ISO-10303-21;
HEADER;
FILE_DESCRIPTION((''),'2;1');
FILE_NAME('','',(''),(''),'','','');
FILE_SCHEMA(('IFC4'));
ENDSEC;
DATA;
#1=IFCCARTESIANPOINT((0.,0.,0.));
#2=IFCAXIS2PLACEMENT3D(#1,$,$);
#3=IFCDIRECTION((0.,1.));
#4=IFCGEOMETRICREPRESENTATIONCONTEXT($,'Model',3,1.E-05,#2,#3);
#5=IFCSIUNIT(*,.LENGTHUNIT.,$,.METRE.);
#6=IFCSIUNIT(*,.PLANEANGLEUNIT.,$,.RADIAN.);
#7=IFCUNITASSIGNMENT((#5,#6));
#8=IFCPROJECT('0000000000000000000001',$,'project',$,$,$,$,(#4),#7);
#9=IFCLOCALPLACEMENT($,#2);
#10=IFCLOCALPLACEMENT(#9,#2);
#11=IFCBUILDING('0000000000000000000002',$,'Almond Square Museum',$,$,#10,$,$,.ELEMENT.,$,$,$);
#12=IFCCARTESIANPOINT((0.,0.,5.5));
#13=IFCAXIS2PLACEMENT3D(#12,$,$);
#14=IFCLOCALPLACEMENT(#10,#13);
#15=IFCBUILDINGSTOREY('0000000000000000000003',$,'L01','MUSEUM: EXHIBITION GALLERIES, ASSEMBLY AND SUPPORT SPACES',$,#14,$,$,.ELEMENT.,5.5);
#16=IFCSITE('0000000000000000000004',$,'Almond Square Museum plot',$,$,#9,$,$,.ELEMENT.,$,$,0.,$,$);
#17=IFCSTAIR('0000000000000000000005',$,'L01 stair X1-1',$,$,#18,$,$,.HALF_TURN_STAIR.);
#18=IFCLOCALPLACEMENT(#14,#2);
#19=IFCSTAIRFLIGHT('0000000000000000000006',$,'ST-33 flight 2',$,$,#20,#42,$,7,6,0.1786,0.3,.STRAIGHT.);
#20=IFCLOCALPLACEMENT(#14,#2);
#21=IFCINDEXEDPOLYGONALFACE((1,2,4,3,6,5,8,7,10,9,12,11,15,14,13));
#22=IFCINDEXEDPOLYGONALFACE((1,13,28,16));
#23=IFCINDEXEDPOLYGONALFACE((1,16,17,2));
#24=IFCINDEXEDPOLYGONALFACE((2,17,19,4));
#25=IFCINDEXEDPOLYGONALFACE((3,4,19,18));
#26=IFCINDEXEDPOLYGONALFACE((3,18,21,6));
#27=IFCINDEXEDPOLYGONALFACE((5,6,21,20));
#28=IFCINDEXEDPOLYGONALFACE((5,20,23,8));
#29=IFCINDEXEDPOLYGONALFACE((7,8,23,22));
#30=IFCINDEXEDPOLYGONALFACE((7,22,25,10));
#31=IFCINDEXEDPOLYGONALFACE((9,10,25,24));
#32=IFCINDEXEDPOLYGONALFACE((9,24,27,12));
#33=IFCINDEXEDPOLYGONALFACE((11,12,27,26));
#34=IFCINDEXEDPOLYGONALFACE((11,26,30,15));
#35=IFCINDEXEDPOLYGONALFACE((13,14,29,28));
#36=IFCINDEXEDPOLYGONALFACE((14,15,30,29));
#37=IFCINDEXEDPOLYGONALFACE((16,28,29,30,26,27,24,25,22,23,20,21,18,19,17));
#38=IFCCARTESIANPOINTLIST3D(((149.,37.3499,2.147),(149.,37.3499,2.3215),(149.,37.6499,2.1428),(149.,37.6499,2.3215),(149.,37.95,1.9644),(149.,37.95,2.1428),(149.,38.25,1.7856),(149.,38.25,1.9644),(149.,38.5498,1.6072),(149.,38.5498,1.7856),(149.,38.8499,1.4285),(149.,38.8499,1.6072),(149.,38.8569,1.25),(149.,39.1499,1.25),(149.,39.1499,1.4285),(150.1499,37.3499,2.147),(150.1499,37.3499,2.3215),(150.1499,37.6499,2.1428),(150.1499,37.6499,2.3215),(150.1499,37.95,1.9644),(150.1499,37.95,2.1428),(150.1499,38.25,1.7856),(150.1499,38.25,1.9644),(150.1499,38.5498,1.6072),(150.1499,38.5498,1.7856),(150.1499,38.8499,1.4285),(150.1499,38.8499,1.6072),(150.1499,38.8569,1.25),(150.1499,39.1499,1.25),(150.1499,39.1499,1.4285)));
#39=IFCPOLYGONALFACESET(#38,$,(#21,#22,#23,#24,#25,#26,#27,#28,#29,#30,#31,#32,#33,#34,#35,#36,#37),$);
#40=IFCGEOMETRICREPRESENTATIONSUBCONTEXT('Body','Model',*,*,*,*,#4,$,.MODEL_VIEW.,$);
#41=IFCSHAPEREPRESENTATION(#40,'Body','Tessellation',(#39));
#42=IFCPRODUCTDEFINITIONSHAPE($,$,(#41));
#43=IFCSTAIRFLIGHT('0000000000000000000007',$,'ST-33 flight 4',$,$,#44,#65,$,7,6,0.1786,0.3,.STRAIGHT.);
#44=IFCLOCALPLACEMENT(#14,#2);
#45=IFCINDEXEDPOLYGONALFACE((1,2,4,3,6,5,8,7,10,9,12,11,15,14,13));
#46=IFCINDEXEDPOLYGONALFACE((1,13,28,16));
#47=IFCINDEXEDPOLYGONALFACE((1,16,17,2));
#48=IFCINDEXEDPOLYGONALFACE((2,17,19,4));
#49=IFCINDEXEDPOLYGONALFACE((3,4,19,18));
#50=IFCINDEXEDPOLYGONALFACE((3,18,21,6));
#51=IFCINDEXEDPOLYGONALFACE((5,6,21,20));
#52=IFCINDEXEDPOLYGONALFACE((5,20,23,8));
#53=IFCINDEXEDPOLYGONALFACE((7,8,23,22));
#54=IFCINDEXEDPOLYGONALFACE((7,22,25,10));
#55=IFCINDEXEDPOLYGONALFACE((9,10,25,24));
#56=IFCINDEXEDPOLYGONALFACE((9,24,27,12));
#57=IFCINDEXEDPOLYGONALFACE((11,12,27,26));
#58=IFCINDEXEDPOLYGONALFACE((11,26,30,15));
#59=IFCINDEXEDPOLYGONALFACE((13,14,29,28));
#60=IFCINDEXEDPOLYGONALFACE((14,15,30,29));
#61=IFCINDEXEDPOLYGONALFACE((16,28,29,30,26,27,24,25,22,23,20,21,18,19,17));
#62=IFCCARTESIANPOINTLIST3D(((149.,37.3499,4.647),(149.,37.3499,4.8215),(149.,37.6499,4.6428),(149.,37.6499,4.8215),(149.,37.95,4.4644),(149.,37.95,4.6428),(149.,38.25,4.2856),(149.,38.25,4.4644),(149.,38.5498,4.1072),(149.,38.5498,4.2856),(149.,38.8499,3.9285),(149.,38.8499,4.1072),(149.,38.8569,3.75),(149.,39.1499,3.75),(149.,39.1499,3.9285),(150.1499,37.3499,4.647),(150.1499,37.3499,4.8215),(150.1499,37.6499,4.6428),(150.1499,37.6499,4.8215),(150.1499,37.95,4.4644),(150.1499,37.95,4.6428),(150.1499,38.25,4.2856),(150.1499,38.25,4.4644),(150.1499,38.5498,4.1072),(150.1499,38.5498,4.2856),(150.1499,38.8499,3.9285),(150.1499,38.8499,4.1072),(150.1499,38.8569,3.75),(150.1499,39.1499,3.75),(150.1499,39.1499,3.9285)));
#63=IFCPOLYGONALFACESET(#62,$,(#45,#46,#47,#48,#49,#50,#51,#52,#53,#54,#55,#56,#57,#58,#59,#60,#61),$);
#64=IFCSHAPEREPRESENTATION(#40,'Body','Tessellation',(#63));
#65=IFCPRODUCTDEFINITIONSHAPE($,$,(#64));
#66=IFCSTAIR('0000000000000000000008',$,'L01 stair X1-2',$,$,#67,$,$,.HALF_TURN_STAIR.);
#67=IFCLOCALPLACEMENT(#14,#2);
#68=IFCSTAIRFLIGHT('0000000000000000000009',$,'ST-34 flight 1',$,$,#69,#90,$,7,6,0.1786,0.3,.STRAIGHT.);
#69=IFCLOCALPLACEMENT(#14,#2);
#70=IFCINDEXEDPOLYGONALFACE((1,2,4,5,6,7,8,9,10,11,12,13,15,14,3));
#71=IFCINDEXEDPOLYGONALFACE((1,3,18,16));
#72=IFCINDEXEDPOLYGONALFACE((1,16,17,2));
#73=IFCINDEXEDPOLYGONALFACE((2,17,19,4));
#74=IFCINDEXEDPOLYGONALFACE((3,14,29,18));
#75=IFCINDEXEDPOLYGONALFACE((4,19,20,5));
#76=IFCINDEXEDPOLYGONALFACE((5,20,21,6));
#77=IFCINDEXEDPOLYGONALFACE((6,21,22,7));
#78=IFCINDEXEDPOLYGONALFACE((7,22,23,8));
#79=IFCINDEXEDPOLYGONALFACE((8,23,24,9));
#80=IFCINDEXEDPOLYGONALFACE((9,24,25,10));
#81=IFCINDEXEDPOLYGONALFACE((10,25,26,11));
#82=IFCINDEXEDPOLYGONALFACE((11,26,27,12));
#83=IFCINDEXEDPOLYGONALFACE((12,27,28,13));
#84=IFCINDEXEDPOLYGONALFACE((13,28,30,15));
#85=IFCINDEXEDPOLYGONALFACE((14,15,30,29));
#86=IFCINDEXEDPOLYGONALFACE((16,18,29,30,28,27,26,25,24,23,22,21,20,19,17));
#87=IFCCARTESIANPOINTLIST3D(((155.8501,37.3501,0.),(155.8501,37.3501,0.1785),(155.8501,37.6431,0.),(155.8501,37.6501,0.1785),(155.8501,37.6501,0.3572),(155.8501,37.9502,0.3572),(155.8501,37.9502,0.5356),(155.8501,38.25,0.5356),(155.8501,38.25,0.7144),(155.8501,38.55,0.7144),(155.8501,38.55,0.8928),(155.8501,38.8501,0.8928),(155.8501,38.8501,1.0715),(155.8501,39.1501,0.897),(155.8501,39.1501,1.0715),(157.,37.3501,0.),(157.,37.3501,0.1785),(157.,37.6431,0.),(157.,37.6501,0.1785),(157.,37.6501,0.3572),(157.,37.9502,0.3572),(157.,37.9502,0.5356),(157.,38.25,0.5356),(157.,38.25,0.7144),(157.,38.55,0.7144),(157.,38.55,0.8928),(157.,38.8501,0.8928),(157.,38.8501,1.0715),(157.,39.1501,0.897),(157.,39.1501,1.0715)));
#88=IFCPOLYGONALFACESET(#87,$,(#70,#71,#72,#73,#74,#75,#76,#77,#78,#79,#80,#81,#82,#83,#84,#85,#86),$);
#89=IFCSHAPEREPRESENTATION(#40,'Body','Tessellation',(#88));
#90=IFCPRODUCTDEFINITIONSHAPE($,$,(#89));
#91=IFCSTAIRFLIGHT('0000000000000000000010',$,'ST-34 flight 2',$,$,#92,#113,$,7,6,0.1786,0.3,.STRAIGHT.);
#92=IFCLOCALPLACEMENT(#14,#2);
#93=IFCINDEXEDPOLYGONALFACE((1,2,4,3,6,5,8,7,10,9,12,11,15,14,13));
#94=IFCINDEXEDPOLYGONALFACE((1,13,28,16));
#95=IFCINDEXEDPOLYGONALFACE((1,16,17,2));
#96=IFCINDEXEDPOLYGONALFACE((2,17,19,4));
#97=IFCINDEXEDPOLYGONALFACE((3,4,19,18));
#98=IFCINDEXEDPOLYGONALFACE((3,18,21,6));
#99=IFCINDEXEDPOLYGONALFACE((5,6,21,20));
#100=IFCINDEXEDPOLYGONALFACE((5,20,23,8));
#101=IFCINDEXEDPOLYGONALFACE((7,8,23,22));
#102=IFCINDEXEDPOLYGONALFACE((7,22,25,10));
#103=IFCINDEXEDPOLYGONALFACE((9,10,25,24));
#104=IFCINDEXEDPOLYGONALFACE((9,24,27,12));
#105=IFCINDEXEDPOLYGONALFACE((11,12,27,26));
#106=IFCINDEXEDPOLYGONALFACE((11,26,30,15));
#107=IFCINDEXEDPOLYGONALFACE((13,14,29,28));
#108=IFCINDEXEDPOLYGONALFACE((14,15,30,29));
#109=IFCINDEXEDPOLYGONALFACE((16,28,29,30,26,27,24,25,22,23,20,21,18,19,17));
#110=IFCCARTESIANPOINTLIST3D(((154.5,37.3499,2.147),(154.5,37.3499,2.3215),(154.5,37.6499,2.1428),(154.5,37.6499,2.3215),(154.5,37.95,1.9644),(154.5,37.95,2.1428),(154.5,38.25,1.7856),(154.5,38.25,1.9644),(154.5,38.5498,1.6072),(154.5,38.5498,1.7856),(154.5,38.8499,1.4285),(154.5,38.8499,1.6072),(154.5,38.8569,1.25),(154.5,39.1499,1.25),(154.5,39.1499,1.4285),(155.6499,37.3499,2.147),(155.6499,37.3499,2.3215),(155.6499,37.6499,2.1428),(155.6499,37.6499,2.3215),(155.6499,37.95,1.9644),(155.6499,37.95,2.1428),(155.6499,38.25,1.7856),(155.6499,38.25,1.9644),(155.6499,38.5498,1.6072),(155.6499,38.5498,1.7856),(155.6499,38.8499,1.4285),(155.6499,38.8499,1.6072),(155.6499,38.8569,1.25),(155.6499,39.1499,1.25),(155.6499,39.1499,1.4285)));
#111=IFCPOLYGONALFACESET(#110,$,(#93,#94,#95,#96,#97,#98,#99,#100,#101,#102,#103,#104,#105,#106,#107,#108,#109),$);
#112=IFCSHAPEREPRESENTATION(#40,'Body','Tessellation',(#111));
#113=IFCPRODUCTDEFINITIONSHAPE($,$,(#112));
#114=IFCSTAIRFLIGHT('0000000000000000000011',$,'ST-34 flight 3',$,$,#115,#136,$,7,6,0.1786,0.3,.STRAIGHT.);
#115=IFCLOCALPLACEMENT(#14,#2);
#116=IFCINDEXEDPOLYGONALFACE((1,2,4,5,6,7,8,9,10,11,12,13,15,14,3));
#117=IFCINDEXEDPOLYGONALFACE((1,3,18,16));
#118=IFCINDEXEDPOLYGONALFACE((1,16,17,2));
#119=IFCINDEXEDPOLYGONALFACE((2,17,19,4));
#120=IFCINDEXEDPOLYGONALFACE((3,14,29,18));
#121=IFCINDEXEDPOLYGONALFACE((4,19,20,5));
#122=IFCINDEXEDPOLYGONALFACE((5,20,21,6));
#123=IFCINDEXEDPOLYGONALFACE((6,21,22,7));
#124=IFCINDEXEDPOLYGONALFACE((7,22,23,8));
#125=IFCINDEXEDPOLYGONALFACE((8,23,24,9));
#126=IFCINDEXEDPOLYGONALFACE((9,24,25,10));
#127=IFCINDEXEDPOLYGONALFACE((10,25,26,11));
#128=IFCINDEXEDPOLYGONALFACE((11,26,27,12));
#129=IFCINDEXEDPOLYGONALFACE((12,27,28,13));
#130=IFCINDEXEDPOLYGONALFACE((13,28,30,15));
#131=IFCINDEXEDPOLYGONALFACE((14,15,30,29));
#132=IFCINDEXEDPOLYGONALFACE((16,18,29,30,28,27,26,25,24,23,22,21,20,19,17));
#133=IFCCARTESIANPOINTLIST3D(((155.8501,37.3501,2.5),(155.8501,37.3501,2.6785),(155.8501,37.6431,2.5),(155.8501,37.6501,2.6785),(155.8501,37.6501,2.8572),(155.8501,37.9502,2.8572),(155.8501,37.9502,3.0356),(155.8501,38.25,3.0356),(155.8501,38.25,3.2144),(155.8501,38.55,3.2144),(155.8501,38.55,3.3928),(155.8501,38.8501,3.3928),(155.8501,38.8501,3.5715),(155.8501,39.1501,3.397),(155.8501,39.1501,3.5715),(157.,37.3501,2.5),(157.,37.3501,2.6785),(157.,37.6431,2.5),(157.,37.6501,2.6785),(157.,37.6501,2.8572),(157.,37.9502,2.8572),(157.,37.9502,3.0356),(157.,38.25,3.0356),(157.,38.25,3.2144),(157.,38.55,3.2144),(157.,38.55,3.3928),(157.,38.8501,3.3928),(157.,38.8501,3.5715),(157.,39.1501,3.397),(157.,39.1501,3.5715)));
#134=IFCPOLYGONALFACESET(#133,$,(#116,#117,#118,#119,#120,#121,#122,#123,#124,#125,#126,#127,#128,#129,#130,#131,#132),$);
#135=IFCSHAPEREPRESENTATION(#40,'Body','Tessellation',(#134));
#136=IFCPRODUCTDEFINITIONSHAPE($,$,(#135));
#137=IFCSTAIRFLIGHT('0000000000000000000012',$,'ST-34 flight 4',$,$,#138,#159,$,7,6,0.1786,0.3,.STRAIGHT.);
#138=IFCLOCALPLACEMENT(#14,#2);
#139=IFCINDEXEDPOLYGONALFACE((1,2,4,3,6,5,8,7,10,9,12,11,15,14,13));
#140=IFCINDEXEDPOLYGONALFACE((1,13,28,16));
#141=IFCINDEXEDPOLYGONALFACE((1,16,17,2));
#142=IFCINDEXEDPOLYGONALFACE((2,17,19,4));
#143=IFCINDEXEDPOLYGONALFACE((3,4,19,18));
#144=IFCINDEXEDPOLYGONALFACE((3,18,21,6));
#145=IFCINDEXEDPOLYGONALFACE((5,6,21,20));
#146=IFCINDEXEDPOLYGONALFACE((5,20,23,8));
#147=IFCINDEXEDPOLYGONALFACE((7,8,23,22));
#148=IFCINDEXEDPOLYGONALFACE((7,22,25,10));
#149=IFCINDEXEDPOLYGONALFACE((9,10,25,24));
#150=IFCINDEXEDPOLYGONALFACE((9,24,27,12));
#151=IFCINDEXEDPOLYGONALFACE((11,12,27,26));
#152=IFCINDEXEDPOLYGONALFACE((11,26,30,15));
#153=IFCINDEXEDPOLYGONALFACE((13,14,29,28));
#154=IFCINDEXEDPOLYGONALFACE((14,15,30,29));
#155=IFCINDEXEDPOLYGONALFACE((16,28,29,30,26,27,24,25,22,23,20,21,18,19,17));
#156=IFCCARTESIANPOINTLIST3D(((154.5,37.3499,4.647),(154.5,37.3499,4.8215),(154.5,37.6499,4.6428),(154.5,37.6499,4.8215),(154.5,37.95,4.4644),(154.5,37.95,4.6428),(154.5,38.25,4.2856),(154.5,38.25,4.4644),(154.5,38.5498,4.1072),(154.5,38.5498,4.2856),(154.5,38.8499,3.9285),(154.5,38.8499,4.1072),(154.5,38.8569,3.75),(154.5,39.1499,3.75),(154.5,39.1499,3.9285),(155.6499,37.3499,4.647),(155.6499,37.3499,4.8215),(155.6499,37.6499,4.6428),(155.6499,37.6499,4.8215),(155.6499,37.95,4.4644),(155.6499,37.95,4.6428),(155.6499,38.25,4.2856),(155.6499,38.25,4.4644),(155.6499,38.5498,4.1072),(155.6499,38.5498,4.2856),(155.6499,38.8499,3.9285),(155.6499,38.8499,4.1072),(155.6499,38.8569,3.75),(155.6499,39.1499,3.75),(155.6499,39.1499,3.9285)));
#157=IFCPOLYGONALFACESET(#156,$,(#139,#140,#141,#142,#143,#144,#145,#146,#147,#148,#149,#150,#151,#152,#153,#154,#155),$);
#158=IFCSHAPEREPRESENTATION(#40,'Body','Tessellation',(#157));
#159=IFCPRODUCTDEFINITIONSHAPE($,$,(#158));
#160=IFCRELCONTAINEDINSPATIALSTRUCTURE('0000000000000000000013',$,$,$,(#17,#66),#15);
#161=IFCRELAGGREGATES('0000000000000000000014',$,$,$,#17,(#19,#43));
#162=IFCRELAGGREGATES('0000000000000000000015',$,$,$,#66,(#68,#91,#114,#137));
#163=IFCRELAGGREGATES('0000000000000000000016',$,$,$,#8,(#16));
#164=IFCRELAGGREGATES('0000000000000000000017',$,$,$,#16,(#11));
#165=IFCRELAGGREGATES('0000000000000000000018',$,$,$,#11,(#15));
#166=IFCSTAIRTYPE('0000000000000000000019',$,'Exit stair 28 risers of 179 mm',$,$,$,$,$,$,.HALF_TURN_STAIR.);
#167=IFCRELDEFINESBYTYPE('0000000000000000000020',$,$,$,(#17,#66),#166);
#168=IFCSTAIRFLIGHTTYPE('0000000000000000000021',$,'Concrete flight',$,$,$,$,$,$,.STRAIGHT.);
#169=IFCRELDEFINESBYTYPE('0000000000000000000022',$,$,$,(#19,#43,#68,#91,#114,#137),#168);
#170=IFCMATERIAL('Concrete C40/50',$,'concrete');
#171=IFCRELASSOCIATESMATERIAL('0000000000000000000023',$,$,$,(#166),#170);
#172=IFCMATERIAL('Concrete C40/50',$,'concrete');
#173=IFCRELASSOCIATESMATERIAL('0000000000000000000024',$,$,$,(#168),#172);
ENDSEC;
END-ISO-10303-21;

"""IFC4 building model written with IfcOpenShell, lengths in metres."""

from ifc_helpers import new_model, si_unit, direction, frame, origin, place, context, subcontext, project, spatial, polyline, outline, extrude, material, type_object, element, aggregate, save


model = new_model("IFC4")

# Units and contexts
model_context = context("Model", 3, precision=1e-05, world=origin(), true_north=direction((0.0, 1.0)))
body_context = subcontext(model_context, "Body", "Model", "MODEL_VIEW")
ifc_project = project(units=[si_unit("LENGTHUNIT", "METRE"), si_unit("PLANEANGLEUNIT", "RADIAN")], contexts=[model_context])

# Site, building, storey
site_placement = place(None, origin())
site = spatial("IfcSite", under=ifc_project, at=site_placement, Name="Almond Square Museum plot", CompositionType="ELEMENT", RefElevation=0.0)
building_placement = place(site_placement, origin())
building = spatial("IfcBuilding", under=site, at=building_placement, Name="Almond Square Museum", CompositionType="ELEMENT")
storey_placement = place(building_placement, frame((0.0, 0.0, 5.5)))
storey = spatial("IfcBuildingStorey", under=building, at=storey_placement, Name="L01", Description="MUSEUM: EXHIBITION GALLERIES, ASSEMBLY AND SUPPORT SPACES", CompositionType="ELEMENT", Elevation=5.5)

# Stairs, stair flights
ifc_material_1 = material(Name="Concrete C40/50", Category="concrete")
stair_type = type_object("IfcStairType", Name="Exit stair 28 risers of 179 mm", PredefinedType="HALF_TURN_STAIR", material=ifc_material_1)
stair_1_placement = place(storey_placement, origin())
stair_1 = element("IfcStair", 1, at=stair_1_placement, inside=storey, type_object=stair_type, Name="L01 stair X1-1", PredefinedType="HALF_TURN_STAIR")
ifc_material_2 = material(Name="Concrete C40/50", Category="concrete")
stair_flight_type = type_object("IfcStairFlightType", Name="Concrete flight", PredefinedType="STRAIGHT", material=ifc_material_2)
stair_flight_1_placement = place(storey_placement, frame((149.575, 39.1499, 1.25), z_axis=(0.0, 0.0, 1.0), x_axis=(0.0, -1.0, 0.0)))
stair_flight_1 = element("IfcStairFlight", 2, at=stair_flight_1_placement, type_object=stair_flight_type, Name="ST-33 flight 2", NumberOfRisers=7, NumberOfTreads=6, PredefinedType="STRAIGHT", RiserHeight=0.1786, TreadLength=0.3, context=body_context, shape_type="SweptSolid", body=[
    extrude(outline(polyline([(0.0, 0.0), (0.0, 0.1785), (0.3, 0.1785), (0.3, 0.3572), (0.6001, 0.3572), (0.6001, 0.5356), (0.8999, 0.5356), (0.8999, 0.7144), (1.2, 0.7144), (1.2, 0.8928), (1.5, 0.8928), (1.5, 1.0715), (1.8, 1.0715), (1.8, 1.25), (1.8, 0.897), (0.293, 0.0), (0.0, 0.0)])), frame((0.0, 0.575, 0.0), z_axis=(0.0, -1.0, 0.0), x_axis=(1.0, 0.0, 0.0)), (0.0, 0.0, 1.0), 1.1499),
])
stair_flight_2_placement = place(storey_placement, frame((149.575, 39.1499, 3.75), z_axis=(0.0, 0.0, 1.0), x_axis=(0.0, -1.0, 0.0)))
stair_flight_2 = element("IfcStairFlight", 3, at=stair_flight_2_placement, type_object=stair_flight_type, Name="ST-33 flight 4", NumberOfRisers=7, NumberOfTreads=6, PredefinedType="STRAIGHT", RiserHeight=0.1786, TreadLength=0.3, context=body_context, shape_type="SweptSolid", body=[
    extrude(outline(polyline([(0.0, 0.0), (0.0, 0.1785), (0.3, 0.1785), (0.3, 0.3572), (0.6001, 0.3572), (0.6001, 0.5356), (0.8999, 0.5356), (0.8999, 0.7144), (1.2, 0.7144), (1.2, 0.8928), (1.5, 0.8928), (1.5, 1.0715), (1.8, 1.0715), (1.8, 1.25), (1.8, 0.897), (0.293, 0.0), (0.0, 0.0)])), frame((0.0, 0.575, 0.0), z_axis=(0.0, -1.0, 0.0), x_axis=(1.0, 0.0, 0.0)), (0.0, 0.0, 1.0), 1.1499),
])
aggregate(stair_1, [stair_flight_1, stair_flight_2])
stair_2_placement = place(storey_placement, origin())
stair_2 = element("IfcStair", 4, at=stair_2_placement, inside=storey, type_object=stair_type, Name="L01 stair X1-2", PredefinedType="HALF_TURN_STAIR")
stair_flight_3_placement = place(storey_placement, frame((156.425, 37.3501, 0.0), z_axis=(0.0, 0.0, 1.0), x_axis=(0.0, 1.0, 0.0)))
stair_flight_3 = element("IfcStairFlight", 5, at=stair_flight_3_placement, type_object=stair_flight_type, Name="ST-34 flight 1", NumberOfRisers=7, NumberOfTreads=6, PredefinedType="STRAIGHT", RiserHeight=0.1786, TreadLength=0.3, context=body_context, shape_type="SweptSolid", body=[
    extrude(outline(polyline([(0.0, 0.0), (0.0, 0.1785), (0.3, 0.1785), (0.3, 0.3572), (0.6001, 0.3572), (0.6001, 0.5356), (0.8999, 0.5356), (0.8999, 0.7144), (1.2, 0.7144), (1.2, 0.8928), (1.5, 0.8928), (1.5, 1.0715), (1.8, 1.0715), (1.8, 1.25), (1.8, 0.897), (0.293, 0.0), (0.0, 0.0)])), frame((0.0, 0.575, 0.0), z_axis=(0.0, -1.0, 0.0), x_axis=(1.0, 0.0, 0.0)), (0.0, 0.0, 1.0), 1.1499),
])
stair_flight_4_placement = place(storey_placement, frame((155.075, 39.1499, 1.25), z_axis=(0.0, 0.0, 1.0), x_axis=(0.0, -1.0, 0.0)))
stair_flight_4 = element("IfcStairFlight", 6, at=stair_flight_4_placement, type_object=stair_flight_type, Name="ST-34 flight 2", NumberOfRisers=7, NumberOfTreads=6, PredefinedType="STRAIGHT", RiserHeight=0.1786, TreadLength=0.3, context=body_context, shape_type="SweptSolid", body=[
    extrude(outline(polyline([(0.0, 0.0), (0.0, 0.1785), (0.3, 0.1785), (0.3, 0.3572), (0.6001, 0.3572), (0.6001, 0.5356), (0.8999, 0.5356), (0.8999, 0.7144), (1.2, 0.7144), (1.2, 0.8928), (1.5, 0.8928), (1.5, 1.0715), (1.8, 1.0715), (1.8, 1.25), (1.8, 0.897), (0.293, 0.0), (0.0, 0.0)])), frame((0.0, 0.575, 0.0), z_axis=(0.0, -1.0, 0.0), x_axis=(1.0, 0.0, 0.0)), (0.0, 0.0, 1.0), 1.1499),
])
stair_flight_5_placement = place(storey_placement, frame((156.425, 37.3501, 2.5), z_axis=(0.0, 0.0, 1.0), x_axis=(0.0, 1.0, 0.0)))
stair_flight_5 = element("IfcStairFlight", 7, at=stair_flight_5_placement, type_object=stair_flight_type, Name="ST-34 flight 3", NumberOfRisers=7, NumberOfTreads=6, PredefinedType="STRAIGHT", RiserHeight=0.1786, TreadLength=0.3, context=body_context, shape_type="SweptSolid", body=[
    extrude(outline(polyline([(0.0, 0.0), (0.0, 0.1785), (0.3, 0.1785), (0.3, 0.3572), (0.6001, 0.3572), (0.6001, 0.5356), (0.8999, 0.5356), (0.8999, 0.7144), (1.2, 0.7144), (1.2, 0.8928), (1.5, 0.8928), (1.5, 1.0715), (1.8, 1.0715), (1.8, 1.25), (1.8, 0.897), (0.293, 0.0), (0.0, 0.0)])), frame((0.0, 0.575, 0.0), z_axis=(0.0, -1.0, 0.0), x_axis=(1.0, 0.0, 0.0)), (0.0, 0.0, 1.0), 1.1499),
])
stair_flight_6_placement = place(storey_placement, frame((155.075, 39.1499, 3.75), z_axis=(0.0, 0.0, 1.0), x_axis=(0.0, -1.0, 0.0)))
stair_flight_6 = element("IfcStairFlight", 8, at=stair_flight_6_placement, type_object=stair_flight_type, Name="ST-34 flight 4", NumberOfRisers=7, NumberOfTreads=6, PredefinedType="STRAIGHT", RiserHeight=0.1786, TreadLength=0.3, context=body_context, shape_type="SweptSolid", body=[
    extrude(outline(polyline([(0.0, 0.0), (0.0, 0.1785), (0.3, 0.1785), (0.3, 0.3572), (0.6001, 0.3572), (0.6001, 0.5356), (0.8999, 0.5356), (0.8999, 0.7144), (1.2, 0.7144), (1.2, 0.8928), (1.5, 0.8928), (1.5, 1.0715), (1.8, 1.0715), (1.8, 1.25), (1.8, 0.897), (0.293, 0.0), (0.0, 0.0)])), frame((0.0, 0.575, 0.0), z_axis=(0.0, -1.0, 0.0), x_axis=(1.0, 0.0, 0.0)), (0.0, 0.0, 1.0), 1.1499),
])
aggregate(stair_2, [stair_flight_3, stair_flight_4, stair_flight_5, stair_flight_6])

save(model, "model.ifc")
